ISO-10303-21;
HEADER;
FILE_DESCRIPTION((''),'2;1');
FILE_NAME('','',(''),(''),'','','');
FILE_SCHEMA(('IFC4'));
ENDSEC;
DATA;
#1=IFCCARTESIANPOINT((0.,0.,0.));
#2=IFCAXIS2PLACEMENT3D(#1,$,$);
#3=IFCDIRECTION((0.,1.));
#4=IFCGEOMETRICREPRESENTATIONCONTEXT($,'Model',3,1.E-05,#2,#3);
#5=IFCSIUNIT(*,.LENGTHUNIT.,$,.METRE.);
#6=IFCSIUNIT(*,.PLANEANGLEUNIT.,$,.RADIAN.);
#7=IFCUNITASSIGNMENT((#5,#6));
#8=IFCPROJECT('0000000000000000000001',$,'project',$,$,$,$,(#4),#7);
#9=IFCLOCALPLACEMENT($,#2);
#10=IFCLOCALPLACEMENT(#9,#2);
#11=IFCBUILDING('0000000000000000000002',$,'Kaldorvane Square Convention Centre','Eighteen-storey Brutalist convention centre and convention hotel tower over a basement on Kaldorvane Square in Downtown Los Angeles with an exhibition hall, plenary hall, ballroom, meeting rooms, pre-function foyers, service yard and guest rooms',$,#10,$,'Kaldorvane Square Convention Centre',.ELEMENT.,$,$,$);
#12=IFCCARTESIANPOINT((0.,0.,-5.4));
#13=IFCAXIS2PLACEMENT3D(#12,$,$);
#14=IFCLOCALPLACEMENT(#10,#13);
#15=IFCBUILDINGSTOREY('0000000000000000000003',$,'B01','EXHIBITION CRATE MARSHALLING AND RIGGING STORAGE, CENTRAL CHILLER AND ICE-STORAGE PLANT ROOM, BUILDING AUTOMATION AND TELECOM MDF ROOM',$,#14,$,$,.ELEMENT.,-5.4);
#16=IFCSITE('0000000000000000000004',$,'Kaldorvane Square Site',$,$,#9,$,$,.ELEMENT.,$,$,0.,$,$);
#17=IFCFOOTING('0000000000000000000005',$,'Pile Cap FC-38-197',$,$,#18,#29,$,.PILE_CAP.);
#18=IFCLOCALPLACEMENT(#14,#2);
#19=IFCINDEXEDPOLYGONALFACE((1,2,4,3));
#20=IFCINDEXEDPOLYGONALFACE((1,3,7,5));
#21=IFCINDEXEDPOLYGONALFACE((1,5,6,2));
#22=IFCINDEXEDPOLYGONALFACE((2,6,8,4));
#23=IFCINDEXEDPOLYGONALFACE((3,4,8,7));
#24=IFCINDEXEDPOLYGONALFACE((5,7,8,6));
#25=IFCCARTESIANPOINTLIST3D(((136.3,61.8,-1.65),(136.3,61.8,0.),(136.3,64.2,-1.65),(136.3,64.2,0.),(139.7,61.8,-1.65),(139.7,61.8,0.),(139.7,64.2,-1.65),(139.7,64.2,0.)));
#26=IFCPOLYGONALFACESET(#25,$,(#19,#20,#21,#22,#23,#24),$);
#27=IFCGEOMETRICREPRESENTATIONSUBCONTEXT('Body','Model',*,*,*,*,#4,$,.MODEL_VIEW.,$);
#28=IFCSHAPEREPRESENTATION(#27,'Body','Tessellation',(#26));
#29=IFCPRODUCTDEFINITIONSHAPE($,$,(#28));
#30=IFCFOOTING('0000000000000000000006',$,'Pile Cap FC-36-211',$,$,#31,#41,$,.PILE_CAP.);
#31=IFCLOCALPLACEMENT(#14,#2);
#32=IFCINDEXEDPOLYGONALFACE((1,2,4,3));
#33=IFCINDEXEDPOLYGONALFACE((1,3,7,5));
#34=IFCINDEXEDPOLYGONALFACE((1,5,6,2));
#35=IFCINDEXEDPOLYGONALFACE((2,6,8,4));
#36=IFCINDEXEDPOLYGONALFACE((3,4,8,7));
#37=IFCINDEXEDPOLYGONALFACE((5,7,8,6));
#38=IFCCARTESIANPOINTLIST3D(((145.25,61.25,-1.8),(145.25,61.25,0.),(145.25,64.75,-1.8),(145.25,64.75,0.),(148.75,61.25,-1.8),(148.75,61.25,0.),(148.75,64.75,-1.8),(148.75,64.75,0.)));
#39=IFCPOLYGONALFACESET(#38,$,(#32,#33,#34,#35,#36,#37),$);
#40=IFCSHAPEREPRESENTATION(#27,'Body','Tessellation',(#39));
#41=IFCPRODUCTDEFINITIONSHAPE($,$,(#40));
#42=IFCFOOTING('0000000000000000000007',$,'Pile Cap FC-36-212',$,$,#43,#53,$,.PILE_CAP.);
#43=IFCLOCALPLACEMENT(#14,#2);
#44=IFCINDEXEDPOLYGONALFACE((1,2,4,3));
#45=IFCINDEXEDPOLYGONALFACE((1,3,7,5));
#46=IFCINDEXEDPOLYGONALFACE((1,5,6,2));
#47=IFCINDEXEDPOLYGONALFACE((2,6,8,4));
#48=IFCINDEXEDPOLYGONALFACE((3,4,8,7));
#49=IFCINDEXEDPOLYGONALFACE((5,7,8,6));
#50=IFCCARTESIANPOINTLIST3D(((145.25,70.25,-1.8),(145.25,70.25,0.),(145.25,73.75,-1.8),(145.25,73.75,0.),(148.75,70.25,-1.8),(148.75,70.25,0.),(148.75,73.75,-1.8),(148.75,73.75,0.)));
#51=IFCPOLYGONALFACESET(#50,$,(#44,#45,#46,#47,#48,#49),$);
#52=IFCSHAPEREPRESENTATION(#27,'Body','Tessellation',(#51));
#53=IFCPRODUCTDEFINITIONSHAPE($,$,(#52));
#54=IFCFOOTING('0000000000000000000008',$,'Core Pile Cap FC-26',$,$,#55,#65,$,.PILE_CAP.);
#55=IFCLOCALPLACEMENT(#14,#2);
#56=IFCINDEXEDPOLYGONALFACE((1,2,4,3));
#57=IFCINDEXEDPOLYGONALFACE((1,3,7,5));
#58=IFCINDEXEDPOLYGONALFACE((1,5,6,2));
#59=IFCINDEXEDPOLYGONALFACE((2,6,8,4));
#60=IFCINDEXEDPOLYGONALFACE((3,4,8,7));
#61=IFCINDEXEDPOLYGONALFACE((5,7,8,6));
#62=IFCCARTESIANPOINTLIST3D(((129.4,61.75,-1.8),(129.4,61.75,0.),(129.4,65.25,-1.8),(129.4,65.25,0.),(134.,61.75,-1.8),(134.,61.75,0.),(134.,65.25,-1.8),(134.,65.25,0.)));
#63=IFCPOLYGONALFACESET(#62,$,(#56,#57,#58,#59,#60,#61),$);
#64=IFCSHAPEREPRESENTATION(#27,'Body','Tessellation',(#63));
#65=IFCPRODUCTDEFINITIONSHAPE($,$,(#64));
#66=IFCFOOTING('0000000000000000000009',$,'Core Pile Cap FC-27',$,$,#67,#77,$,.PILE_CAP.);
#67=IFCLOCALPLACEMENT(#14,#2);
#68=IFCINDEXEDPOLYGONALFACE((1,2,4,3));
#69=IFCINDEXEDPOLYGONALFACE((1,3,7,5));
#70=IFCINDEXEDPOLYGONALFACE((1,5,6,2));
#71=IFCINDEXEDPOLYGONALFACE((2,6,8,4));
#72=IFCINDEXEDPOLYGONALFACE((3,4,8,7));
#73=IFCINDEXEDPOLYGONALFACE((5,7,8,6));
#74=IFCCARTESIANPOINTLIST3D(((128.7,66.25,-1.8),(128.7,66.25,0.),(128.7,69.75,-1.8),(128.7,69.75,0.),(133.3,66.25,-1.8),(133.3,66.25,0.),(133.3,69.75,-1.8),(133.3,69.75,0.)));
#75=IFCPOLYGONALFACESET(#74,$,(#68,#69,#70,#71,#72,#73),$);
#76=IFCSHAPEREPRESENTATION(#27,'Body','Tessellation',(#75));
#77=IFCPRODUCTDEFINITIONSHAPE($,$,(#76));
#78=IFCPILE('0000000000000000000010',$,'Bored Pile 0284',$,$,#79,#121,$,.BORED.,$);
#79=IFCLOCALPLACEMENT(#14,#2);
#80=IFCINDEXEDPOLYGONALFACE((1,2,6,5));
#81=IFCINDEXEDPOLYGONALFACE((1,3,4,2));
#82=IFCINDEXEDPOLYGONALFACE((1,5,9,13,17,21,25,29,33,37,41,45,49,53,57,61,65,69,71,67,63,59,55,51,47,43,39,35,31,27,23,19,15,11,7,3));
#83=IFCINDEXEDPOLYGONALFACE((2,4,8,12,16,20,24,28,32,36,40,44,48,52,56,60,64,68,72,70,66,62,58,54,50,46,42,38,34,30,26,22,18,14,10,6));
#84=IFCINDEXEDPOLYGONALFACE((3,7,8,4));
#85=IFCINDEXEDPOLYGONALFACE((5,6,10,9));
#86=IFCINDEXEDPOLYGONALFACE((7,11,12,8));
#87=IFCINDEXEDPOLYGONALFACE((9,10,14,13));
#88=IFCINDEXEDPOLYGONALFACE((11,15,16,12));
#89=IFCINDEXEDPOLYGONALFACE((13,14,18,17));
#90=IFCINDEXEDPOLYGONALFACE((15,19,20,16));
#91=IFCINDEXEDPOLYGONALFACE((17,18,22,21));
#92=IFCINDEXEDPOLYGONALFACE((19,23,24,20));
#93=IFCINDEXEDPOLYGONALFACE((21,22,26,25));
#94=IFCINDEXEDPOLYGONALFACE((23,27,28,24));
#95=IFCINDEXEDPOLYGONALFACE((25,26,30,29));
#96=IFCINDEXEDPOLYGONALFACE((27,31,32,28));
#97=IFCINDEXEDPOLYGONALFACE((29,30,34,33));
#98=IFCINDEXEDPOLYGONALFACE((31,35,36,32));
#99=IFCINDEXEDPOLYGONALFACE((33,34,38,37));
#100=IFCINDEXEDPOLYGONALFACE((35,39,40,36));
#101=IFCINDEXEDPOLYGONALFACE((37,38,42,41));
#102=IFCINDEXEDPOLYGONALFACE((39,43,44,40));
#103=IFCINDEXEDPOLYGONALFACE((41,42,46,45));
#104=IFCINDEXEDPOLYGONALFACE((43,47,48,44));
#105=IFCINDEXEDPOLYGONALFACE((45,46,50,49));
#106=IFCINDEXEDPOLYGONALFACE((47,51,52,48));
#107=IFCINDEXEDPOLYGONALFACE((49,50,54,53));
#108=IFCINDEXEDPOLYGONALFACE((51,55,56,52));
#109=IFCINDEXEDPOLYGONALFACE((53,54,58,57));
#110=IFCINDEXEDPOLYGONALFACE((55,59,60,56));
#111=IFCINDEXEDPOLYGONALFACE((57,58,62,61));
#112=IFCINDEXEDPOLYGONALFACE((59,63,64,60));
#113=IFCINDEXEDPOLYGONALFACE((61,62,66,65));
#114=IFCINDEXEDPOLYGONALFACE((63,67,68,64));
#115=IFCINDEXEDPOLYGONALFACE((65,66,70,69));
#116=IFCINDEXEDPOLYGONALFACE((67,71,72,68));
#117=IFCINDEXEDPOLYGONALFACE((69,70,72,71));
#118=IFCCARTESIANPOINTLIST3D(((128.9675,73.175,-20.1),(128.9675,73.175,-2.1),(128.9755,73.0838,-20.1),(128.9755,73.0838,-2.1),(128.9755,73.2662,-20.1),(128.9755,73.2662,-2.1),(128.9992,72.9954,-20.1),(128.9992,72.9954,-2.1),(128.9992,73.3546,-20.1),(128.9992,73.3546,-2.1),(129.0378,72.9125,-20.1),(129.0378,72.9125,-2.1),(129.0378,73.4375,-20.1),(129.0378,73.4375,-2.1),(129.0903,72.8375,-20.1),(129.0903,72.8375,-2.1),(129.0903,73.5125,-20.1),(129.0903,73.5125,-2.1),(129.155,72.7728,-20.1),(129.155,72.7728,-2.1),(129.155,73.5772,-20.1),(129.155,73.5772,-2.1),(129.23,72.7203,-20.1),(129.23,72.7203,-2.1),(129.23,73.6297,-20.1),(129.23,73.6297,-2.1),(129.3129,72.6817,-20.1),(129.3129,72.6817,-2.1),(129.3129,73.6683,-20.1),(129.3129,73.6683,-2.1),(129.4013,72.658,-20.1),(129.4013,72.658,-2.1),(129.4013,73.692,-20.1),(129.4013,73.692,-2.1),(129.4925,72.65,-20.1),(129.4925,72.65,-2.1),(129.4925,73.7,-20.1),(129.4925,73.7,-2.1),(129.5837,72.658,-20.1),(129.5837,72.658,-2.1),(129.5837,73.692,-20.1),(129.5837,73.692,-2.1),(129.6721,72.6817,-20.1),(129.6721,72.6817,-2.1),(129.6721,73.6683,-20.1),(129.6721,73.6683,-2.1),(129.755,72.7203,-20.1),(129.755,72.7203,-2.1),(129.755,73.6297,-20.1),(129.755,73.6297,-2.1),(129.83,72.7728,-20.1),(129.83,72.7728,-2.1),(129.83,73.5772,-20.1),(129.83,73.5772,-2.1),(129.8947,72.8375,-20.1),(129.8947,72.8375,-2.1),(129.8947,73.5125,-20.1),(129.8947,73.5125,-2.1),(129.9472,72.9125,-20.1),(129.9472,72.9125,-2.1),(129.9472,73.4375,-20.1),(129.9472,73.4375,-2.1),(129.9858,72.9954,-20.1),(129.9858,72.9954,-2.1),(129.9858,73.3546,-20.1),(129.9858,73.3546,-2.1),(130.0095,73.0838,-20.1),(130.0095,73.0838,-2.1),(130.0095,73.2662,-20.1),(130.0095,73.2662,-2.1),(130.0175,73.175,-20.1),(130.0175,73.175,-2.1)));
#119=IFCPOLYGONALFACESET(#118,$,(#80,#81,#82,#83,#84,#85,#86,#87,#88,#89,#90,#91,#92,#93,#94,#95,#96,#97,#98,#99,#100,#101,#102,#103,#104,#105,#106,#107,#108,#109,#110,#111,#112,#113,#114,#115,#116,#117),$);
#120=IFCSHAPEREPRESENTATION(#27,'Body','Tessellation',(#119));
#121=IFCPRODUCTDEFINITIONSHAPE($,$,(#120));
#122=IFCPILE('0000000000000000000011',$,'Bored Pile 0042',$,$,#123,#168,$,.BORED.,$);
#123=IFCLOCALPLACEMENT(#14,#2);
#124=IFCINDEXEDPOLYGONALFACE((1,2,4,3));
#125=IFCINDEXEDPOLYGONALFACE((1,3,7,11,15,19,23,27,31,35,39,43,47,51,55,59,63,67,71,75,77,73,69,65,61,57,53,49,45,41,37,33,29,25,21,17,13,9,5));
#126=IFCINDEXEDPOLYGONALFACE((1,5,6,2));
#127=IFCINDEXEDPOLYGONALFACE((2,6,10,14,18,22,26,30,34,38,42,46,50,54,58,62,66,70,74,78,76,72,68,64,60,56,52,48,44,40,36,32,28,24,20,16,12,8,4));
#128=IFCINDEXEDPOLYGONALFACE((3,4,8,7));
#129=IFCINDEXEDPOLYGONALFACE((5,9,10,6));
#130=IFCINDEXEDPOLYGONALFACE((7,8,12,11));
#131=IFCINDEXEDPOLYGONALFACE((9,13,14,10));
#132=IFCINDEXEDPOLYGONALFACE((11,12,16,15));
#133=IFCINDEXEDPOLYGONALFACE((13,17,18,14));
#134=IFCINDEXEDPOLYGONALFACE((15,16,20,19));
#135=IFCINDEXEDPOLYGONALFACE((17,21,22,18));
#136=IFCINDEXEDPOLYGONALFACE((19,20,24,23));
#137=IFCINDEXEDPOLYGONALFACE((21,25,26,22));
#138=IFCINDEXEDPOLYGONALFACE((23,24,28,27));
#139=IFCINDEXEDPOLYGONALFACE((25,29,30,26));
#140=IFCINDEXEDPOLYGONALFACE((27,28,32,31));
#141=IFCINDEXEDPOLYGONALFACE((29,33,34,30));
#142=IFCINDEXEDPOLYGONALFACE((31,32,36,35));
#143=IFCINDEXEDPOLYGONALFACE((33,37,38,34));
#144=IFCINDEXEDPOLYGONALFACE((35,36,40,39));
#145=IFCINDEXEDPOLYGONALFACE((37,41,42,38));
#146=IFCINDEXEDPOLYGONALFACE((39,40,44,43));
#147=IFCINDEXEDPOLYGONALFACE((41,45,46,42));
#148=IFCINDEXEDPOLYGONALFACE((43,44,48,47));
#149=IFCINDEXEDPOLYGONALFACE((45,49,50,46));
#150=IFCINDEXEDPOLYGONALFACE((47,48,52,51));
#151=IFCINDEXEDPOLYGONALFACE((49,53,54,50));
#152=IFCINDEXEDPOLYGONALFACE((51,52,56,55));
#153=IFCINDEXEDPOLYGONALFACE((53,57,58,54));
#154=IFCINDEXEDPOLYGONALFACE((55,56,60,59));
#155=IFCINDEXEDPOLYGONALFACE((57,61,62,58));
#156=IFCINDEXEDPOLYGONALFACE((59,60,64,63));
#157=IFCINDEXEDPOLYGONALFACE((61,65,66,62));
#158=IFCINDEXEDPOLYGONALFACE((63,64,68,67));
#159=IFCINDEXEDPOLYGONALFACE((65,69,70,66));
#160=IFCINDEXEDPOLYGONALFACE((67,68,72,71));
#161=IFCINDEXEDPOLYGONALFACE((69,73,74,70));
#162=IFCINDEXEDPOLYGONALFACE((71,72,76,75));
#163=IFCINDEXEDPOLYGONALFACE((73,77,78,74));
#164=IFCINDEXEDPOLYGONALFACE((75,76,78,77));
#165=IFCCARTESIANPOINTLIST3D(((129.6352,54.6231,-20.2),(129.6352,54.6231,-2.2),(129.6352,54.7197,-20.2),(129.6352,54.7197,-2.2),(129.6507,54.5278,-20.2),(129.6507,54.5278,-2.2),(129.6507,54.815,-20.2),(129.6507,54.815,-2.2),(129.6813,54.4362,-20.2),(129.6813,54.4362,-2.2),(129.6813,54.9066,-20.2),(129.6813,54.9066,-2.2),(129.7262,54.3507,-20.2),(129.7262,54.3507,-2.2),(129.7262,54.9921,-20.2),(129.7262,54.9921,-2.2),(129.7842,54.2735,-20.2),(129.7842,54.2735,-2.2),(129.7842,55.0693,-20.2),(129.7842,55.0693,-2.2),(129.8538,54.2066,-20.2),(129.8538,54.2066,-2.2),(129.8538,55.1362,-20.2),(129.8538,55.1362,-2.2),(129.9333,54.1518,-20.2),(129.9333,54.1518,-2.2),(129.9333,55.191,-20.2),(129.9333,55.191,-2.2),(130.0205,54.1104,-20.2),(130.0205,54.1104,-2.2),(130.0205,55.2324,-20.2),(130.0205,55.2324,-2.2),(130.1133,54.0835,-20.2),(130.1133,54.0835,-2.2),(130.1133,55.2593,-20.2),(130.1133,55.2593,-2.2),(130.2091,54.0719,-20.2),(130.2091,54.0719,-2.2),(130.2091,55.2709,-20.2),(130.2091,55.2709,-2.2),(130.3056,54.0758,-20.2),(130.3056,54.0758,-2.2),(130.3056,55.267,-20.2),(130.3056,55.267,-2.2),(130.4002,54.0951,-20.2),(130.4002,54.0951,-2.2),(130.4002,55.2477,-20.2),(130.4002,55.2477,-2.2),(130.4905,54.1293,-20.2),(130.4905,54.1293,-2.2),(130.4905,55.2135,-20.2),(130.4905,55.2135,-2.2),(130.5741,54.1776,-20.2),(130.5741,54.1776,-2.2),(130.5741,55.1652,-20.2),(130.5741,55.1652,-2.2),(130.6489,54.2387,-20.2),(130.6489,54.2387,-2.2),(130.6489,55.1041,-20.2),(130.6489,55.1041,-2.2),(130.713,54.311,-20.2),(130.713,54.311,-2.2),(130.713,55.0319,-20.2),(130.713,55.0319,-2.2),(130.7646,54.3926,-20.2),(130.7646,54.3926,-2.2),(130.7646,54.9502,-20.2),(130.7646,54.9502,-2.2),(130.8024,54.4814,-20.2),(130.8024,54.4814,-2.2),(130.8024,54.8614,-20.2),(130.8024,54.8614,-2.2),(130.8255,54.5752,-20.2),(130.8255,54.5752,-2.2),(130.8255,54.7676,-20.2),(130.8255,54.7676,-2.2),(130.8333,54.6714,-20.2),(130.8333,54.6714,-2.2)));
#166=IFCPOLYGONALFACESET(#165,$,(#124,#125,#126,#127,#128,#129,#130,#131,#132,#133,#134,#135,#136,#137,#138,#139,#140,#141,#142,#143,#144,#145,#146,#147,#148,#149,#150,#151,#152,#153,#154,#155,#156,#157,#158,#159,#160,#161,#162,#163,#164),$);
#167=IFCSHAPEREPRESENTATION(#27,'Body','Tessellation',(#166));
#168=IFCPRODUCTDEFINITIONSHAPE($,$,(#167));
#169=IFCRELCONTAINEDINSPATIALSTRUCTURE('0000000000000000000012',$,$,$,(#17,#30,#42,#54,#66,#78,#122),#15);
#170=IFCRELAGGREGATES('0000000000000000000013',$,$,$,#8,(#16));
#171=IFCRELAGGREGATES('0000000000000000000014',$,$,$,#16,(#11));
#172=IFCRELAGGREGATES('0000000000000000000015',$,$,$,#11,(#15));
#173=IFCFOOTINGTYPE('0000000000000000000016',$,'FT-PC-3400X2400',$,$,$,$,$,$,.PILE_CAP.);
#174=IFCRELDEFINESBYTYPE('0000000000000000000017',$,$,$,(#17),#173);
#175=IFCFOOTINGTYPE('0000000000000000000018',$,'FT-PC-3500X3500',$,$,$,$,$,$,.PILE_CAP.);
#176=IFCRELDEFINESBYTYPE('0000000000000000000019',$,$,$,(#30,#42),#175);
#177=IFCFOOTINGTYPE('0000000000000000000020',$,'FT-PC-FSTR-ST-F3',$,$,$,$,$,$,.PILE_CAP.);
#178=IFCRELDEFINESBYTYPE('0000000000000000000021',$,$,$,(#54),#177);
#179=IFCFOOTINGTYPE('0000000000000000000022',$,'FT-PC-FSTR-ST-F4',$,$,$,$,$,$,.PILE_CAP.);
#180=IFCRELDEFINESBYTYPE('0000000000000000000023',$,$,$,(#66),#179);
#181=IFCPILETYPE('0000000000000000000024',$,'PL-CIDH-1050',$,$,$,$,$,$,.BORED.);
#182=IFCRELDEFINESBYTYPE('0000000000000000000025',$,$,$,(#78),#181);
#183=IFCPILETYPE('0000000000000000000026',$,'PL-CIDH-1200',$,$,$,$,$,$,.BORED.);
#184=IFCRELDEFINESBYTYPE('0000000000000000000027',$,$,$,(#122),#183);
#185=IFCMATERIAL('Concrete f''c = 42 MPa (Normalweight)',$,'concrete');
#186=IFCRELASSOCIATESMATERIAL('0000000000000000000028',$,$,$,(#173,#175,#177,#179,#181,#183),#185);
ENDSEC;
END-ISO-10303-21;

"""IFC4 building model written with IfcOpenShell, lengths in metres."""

from ifc_helpers import new_model, si_unit, direction, frame, origin, origin_2d, place, context, subcontext, project, spatial, rectangle, circle, extrude, material, material_profile, profile_set, type_object, element, save


model = new_model("IFC4")

# Units and contexts
model_context = context("Model", 3, precision=1e-05, world=origin(), true_north=direction((0.0, 1.0)))
body_context = subcontext(model_context, "Body", "Model", "MODEL_VIEW")
ifc_project = project(units=[si_unit("LENGTHUNIT", "METRE"), si_unit("PLANEANGLEUNIT", "RADIAN")], contexts=[model_context])

# Site, building, storey
site_placement = place(None, origin())
site = spatial("IfcSite", under=ifc_project, at=site_placement, Name="Kaldorvane Square Site", CompositionType="ELEMENT", RefElevation=0.0)
building_placement = place(site_placement, origin())
building = spatial("IfcBuilding", under=site, at=building_placement, Name="Kaldorvane Square Convention Centre", Description="Eighteen-storey Brutalist convention centre and convention hotel tower over a basement on Kaldorvane Square in Downtown Los Angeles with an exhibition hall, plenary hall, ballroom, meeting rooms, pre-function foyers, service yard and guest rooms", LongName="Kaldorvane Square Convention Centre", CompositionType="ELEMENT")
storey_placement = place(building_placement, frame((0.0, 0.0, -5.4)))
storey = spatial("IfcBuildingStorey", under=building, at=storey_placement, Name="B01", Description="EXHIBITION CRATE MARSHALLING AND RIGGING STORAGE, CENTRAL CHILLER AND ICE-STORAGE PLANT ROOM, BUILDING AUTOMATION AND TELECOM MDF ROOM", CompositionType="ELEMENT", Elevation=-5.4)

# Footings
ifc_material_1 = material(Name="Concrete f'c = 42 MPa (Normalweight)", Category="concrete")
footing_type_1 = type_object("IfcFootingType", Name="FT-PC-3400X2400", PredefinedType="PILE_CAP", material=ifc_material_1)
footing_1_placement = place(storey_placement, frame((138.0, 63.0, -1.65), z_axis=(0.0, 0.0, 1.0), x_axis=(1.0, 0.0, 0.0)))
element("IfcFooting", 1, at=footing_1_placement, inside=storey, type_object=footing_type_1, Name="Pile Cap FC-38-197", PredefinedType="PILE_CAP", context=body_context, shape_type="SweptSolid", body=[
    extrude(rectangle(XDim=3.4, YDim=2.4, at=origin_2d()), origin(), (0.0, 0.0, 1.0), 1.65),
])
footing_type_2 = type_object("IfcFootingType", Name="FT-PC-3500X3500", PredefinedType="PILE_CAP", material=ifc_material_1)
for number, where, z_axis, x_axis, name in (
    (2, (147.0, 63.0, -1.8), (0.0, 0.0, 1.0), (1.0, 0.0, 0.0), "Pile Cap FC-36-211"),
    (3, (147.0, 72.0, -1.8), (0.0, 0.0, 1.0), (1.0, 0.0, 0.0), "Pile Cap FC-36-212"),
):
    element("IfcFooting", number, at=place(storey_placement, frame(where, z_axis=z_axis, x_axis=x_axis)), inside=storey, type_object=footing_type_2, Name=name, PredefinedType="PILE_CAP", context=body_context, shape_type="SweptSolid", body=[
        extrude(rectangle(XDim=3.5, YDim=3.5, at=origin_2d()), origin(), (0.0, 0.0, 1.0), 1.8),
    ])
footing_type_3 = type_object("IfcFootingType", Name="FT-PC-FSTR-ST-F3", PredefinedType="PILE_CAP", material=ifc_material_1)
footing_2_placement = place(storey_placement, frame((131.7, 63.5, -1.8), z_axis=(0.0, 0.0, 1.0), x_axis=(1.0, 0.0, 0.0)))
element("IfcFooting", 4, at=footing_2_placement, inside=storey, type_object=footing_type_3, Name="Core Pile Cap FC-26", PredefinedType="PILE_CAP", context=body_context, shape_type="SweptSolid", body=[
    extrude(rectangle(XDim=4.6, YDim=3.5, at=origin_2d()), origin(), (0.0, 0.0, 1.0), 1.8),
])
footing_type_4 = type_object("IfcFootingType", Name="FT-PC-FSTR-ST-F4", PredefinedType="PILE_CAP", material=ifc_material_1)
footing_3_placement = place(storey_placement, frame((131.0, 68.0, -1.8), z_axis=(0.0, 0.0, 1.0), x_axis=(1.0, 0.0, 0.0)))
element("IfcFooting", 5, at=footing_3_placement, inside=storey, type_object=footing_type_4, Name="Core Pile Cap FC-27", PredefinedType="PILE_CAP", context=body_context, shape_type="SweptSolid", body=[
    extrude(rectangle(XDim=4.6, YDim=3.5, at=origin_2d()), origin(), (0.0, 0.0, 1.0), 1.8),
])

# Piles
ifc_material_profile_1 = material_profile(ifc_material_1, circle(Radius=0.525, at=origin_2d()), Name="PILE-D1050")
ifc_profile_set_1 = profile_set([ifc_material_profile_1], Name="Concrete f'c = 42 MPa (Normalweight)")
pile_type_1 = type_object("IfcPileType", Name="PL-CIDH-1050", PredefinedType="BORED", material=ifc_profile_set_1)
pile_placement = place(storey_placement, frame((129.4925, 73.175, -2.1), z_axis=(0.0, 0.0, -1.0), x_axis=(1.0, 0.0, 0.0)))
element("IfcPile", 6, at=pile_placement, inside=storey, type_object=pile_type_1, Name="Bored Pile 0284", PredefinedType="BORED", context=body_context, shape_type="SweptSolid", body=[
    extrude(circle(Radius=0.525, at=origin_2d()), origin(), (0.0, 0.0, 1.0), 18.0),
])
ifc_material_profile_2 = material_profile(ifc_material_1, circle(Radius=0.6, at=origin_2d()), Name="PILE-D1200")
ifc_profile_set_2 = profile_set([ifc_material_profile_2], Name="Concrete f'c = 42 MPa (Normalweight)")
pile_type_2 = type_object("IfcPileType", Name="PL-CIDH-1200", PredefinedType="BORED", material=ifc_profile_set_2)
for number, where, z_axis, x_axis, name in (
    (7, (130.2333, 54.6714, -2.2), (0.0, 0.0, -1.0), (1.0, 0.0, 0.0), "Bored Pile 0042"),
):
    element("IfcPile", number, at=place(storey_placement, frame(where, z_axis=z_axis, x_axis=x_axis)), inside=storey, type_object=pile_type_2, Name=name, PredefinedType="BORED", context=body_context, shape_type="SweptSolid", body=[
        extrude(circle(Radius=0.6, at=origin_2d()), origin(), (0.0, 0.0, 1.0), 18.0),
    ])

save(model, "model.ifc")
